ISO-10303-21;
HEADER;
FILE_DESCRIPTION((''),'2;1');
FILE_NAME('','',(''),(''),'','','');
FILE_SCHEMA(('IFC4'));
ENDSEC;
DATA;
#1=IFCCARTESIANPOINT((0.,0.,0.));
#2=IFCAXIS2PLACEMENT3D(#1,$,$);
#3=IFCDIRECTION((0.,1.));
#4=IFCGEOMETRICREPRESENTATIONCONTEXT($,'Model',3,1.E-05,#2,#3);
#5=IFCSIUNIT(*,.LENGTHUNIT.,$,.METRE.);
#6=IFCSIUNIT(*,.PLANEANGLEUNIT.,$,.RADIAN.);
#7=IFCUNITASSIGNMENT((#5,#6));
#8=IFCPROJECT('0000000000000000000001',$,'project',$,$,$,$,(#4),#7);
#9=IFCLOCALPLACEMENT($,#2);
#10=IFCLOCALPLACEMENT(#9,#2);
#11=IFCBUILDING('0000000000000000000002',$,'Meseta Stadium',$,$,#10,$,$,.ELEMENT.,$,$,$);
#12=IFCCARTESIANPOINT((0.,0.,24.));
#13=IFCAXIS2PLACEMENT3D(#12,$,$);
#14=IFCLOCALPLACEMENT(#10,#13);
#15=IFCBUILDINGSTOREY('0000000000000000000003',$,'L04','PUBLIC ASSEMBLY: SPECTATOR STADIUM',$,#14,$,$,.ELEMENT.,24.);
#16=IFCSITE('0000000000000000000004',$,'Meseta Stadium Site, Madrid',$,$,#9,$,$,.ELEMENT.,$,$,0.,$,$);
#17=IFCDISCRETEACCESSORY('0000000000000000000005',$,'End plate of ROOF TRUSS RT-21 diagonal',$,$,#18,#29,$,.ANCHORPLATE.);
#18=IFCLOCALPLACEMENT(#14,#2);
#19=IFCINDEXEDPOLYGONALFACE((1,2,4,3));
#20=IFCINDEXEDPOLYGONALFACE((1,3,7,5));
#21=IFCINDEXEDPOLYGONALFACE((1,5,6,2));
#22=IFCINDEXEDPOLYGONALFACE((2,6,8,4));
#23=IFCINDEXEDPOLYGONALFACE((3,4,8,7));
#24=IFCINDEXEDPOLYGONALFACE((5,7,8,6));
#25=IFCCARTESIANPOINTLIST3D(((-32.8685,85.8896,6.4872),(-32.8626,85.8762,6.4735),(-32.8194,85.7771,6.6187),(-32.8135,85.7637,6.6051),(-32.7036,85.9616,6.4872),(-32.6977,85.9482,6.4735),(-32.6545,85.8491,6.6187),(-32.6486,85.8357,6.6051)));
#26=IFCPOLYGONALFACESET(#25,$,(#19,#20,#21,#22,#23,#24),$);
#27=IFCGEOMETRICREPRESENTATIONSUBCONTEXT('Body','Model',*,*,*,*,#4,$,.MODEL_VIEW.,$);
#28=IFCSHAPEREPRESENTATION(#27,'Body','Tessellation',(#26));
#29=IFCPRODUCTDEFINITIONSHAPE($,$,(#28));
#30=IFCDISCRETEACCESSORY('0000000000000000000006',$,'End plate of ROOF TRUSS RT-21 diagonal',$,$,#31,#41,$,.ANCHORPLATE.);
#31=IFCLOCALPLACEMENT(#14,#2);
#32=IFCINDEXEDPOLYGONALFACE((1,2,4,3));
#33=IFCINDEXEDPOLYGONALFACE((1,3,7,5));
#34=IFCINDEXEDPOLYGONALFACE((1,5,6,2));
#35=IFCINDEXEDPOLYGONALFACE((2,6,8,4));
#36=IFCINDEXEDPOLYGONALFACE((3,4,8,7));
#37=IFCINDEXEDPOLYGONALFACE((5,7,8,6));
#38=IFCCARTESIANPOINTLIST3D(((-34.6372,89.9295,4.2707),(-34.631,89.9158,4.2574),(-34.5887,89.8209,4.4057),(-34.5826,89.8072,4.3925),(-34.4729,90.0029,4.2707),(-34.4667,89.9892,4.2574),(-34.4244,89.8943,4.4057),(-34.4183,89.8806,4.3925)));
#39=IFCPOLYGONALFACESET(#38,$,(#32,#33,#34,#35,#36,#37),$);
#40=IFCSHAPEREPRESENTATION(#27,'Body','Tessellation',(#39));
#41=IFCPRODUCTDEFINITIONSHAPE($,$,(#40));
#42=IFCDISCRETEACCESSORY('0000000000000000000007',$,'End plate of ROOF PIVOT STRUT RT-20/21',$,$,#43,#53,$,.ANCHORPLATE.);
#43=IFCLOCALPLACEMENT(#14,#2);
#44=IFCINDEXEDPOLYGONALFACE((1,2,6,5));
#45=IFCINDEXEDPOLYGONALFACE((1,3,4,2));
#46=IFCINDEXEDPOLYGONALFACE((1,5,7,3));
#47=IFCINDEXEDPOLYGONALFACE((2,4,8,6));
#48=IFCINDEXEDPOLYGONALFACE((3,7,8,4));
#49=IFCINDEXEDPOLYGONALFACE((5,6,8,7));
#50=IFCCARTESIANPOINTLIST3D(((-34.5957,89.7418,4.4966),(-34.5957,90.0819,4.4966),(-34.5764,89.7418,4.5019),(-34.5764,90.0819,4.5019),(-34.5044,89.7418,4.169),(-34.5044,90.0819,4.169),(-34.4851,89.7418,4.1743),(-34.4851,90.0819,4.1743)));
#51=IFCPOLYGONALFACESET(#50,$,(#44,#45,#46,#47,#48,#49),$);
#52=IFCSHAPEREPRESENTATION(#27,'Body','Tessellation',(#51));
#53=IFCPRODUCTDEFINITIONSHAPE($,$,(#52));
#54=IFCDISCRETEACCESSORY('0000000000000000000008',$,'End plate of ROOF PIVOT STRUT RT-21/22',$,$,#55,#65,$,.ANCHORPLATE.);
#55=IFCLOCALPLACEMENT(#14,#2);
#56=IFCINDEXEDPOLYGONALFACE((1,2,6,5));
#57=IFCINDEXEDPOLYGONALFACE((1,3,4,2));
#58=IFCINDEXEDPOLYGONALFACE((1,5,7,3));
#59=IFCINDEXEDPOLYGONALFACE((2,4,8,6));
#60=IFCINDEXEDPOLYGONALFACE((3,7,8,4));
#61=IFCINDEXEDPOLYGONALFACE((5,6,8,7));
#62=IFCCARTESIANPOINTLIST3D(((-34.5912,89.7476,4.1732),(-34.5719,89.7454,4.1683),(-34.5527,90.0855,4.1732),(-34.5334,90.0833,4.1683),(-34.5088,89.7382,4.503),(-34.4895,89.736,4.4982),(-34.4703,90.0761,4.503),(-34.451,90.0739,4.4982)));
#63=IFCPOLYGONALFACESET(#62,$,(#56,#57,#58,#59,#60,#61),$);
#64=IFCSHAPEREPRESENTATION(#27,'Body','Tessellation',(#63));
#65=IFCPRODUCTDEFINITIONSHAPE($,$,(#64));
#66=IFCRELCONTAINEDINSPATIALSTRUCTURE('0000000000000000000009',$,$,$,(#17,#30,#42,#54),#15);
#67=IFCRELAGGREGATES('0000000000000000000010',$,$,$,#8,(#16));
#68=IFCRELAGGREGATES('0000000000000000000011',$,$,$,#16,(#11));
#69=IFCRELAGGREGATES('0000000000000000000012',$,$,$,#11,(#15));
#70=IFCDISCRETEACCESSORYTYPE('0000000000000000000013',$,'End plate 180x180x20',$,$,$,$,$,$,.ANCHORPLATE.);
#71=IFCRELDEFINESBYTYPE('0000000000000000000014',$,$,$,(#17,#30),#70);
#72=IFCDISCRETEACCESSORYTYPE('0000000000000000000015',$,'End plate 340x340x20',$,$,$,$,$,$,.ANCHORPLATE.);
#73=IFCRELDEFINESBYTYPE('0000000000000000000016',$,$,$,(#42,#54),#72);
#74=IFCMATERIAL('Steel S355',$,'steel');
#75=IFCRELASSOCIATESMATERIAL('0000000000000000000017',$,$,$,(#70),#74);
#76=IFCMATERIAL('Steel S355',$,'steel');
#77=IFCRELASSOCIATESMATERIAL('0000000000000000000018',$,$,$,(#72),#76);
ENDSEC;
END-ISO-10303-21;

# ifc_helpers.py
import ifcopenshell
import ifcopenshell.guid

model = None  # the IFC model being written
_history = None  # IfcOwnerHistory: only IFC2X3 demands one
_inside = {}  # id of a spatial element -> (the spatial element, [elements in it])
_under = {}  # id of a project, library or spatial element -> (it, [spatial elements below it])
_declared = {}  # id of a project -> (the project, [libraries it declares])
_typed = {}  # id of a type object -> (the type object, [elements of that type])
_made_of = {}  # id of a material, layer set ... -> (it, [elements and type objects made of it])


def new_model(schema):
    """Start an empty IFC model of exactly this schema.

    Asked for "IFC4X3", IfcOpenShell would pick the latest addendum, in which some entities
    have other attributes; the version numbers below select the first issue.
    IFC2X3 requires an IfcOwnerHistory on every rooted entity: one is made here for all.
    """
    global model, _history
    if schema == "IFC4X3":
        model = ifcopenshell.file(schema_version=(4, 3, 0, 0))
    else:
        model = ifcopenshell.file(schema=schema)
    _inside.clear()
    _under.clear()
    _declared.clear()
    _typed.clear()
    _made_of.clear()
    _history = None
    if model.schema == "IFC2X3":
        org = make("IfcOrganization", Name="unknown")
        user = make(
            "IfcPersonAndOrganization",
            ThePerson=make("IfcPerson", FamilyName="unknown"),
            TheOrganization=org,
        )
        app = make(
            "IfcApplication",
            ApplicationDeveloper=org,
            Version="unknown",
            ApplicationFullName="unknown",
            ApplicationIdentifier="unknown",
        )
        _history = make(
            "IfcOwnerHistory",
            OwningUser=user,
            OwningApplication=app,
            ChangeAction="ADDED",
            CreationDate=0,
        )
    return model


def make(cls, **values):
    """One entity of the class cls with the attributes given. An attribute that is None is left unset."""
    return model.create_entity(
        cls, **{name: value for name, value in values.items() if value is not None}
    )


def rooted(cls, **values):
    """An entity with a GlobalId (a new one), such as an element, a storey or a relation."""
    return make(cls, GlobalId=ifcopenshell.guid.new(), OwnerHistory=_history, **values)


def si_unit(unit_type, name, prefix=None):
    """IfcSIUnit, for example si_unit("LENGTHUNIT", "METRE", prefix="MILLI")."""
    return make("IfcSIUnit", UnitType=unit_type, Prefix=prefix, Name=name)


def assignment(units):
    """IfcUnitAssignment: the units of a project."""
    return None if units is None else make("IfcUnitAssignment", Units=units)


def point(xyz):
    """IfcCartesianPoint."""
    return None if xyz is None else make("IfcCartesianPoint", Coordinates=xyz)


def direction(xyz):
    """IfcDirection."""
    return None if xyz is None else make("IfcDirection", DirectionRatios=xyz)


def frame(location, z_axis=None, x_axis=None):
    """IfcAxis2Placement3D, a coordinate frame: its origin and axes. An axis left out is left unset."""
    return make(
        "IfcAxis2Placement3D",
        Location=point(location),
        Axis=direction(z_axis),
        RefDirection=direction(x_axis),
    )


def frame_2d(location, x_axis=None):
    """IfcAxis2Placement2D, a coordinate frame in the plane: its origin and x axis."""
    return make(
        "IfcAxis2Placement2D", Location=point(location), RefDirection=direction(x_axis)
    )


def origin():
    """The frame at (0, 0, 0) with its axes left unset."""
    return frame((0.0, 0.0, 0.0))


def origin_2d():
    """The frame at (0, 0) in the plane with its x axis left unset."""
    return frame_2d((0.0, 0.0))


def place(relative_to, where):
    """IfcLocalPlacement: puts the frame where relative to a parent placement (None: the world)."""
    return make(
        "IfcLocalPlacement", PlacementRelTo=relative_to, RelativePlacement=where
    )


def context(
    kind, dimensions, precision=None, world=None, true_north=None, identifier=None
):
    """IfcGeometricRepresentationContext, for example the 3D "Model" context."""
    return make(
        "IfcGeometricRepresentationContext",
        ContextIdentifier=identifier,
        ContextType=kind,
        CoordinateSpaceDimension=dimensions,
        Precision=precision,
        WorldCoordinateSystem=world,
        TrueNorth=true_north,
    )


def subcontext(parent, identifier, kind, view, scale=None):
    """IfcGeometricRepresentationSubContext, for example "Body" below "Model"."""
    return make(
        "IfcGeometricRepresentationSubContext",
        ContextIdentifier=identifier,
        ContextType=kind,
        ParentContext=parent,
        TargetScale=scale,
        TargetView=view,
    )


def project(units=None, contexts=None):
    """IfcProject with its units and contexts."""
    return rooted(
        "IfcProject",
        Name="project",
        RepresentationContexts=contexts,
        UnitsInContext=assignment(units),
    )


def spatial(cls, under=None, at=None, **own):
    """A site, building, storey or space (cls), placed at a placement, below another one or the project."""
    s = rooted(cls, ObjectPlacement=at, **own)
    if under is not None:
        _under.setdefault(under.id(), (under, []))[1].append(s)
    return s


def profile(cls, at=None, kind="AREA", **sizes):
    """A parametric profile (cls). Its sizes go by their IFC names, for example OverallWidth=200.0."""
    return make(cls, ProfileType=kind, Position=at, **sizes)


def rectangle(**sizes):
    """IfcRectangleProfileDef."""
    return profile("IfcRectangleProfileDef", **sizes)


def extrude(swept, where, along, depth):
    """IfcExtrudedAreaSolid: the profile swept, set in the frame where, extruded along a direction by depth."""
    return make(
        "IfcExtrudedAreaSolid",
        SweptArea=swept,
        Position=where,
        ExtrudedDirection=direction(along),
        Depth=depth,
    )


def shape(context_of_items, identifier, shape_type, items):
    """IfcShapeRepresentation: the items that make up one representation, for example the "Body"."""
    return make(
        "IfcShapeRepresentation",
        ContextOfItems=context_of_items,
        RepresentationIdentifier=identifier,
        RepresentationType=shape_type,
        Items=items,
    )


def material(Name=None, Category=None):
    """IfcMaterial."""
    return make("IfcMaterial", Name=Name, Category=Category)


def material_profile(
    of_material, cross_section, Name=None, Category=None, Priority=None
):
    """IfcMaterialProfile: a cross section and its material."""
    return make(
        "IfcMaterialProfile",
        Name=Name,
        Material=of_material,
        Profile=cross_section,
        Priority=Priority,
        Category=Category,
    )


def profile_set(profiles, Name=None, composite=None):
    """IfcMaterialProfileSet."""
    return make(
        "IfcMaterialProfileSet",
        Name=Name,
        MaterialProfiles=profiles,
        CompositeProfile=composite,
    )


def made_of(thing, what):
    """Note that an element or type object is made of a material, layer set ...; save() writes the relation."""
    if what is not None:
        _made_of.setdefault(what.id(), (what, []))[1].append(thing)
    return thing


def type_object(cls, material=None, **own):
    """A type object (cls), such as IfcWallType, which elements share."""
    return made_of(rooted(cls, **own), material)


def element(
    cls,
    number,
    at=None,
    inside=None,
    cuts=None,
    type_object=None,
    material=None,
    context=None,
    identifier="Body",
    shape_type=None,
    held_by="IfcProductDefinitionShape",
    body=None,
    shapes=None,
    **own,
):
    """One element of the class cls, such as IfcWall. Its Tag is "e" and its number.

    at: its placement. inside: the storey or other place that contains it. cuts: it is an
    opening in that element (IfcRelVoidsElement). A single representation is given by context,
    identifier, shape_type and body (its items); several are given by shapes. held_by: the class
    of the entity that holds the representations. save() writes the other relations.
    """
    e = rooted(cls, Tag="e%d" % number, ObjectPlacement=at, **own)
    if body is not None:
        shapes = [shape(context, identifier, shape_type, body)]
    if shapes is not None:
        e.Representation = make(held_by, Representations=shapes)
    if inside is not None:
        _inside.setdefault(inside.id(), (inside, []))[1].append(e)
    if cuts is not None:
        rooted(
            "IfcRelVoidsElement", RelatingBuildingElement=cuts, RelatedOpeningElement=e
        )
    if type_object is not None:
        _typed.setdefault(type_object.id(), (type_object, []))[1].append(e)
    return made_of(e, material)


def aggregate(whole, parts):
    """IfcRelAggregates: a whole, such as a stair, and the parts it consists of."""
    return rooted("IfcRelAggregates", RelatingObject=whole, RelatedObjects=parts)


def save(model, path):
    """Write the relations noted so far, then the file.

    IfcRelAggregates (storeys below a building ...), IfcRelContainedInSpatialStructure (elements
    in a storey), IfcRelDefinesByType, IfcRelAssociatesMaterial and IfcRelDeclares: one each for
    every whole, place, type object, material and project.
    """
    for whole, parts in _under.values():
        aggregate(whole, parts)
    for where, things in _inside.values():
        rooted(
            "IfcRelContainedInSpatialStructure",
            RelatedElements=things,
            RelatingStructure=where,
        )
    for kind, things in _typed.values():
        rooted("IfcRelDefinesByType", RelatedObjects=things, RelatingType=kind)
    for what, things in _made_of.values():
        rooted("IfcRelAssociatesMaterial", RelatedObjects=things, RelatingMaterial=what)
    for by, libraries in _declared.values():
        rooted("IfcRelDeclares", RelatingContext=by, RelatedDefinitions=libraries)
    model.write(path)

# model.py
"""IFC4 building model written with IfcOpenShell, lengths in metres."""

from ifc_helpers import new_model, si_unit, direction, frame, origin, origin_2d, place, context, subcontext, project, spatial, rectangle, extrude, material, material_profile, profile_set, type_object, element, save


model = new_model("IFC4")

# Units and contexts
model_context = context("Model", 3, precision=1e-05, world=origin(), true_north=direction((0.0, 1.0)))
body_context = subcontext(model_context, "Body", "Model", "MODEL_VIEW")
ifc_project = project(units=[si_unit("LENGTHUNIT", "METRE"), si_unit("PLANEANGLEUNIT", "RADIAN")], contexts=[model_context])

# Site, building, storey
site_placement = place(None, origin())
site = spatial("IfcSite", under=ifc_project, at=site_placement, Name="Meseta Stadium Site, Madrid", CompositionType="ELEMENT", RefElevation=0.0)
building_placement = place(site_placement, origin())
building = spatial("IfcBuilding", under=site, at=building_placement, Name="Meseta Stadium", CompositionType="ELEMENT")
storey_placement = place(building_placement, frame((0.0, 0.0, 24.0)))
storey = spatial("IfcBuildingStorey", under=building, at=storey_placement, Name="L04", Description="PUBLIC ASSEMBLY: SPECTATOR STADIUM", CompositionType="ELEMENT", Elevation=24.0)

# Discrete accessories
ifc_material_1 = material(Name="Steel S355", Category="steel")
ifc_material_profile_1 = material_profile(ifc_material_1, rectangle(XDim=0.1799, YDim=0.1799, at=origin_2d()), Name="PL 180x180")
ifc_profile_set_1 = profile_set([ifc_material_profile_1], Name="Steel S355")
discrete_accessory_type_1 = type_object("IfcDiscreteAccessoryType", Name="End plate 180x180x20", PredefinedType="ANCHORPLATE", material=ifc_profile_set_1)
for number, where, z_axis, x_axis, name in (
    (1, (-32.7556, 85.856, 6.5393), (-0.2924, 0.670084, 0.682268), (-0.916539, -0.399944, 0.0), "End plate of ROOF TRUSS RT-21 diagonal"),
    (2, (-34.5247, 89.8982, 4.325), (-0.305949, 0.685326, 0.66085), (-0.913138, -0.407651, 0.0), "End plate of ROOF TRUSS RT-21 diagonal"),
):
    element("IfcDiscreteAccessory", number, at=place(storey_placement, frame(where, z_axis=z_axis, x_axis=x_axis)), inside=storey, type_object=discrete_accessory_type_1, Name=name, PredefinedType="ANCHORPLATE", context=body_context, shape_type="SweptSolid", body=[
        extrude(rectangle(XDim=0.1799, YDim=0.1799, at=origin_2d()), origin(), (0.0, 0.0, 1.0), 0.02),
    ])
ifc_material_2 = material(Name="Steel S355", Category="steel")
ifc_material_profile_2 = material_profile(ifc_material_2, rectangle(XDim=0.3401, YDim=0.3401, at=origin_2d()), Name="PL 340x340")
ifc_profile_set_2 = profile_set([ifc_material_profile_2], Name="Steel S355")
discrete_accessory_type_2 = type_object("IfcDiscreteAccessoryType", Name="End plate 340x340x20", PredefinedType="ANCHORPLATE", material=ifc_profile_set_2)
for number, where, z_axis, x_axis, name in (
    (3, (-34.5308, 89.9119, 4.3381), (-0.963343, 0.0, -0.268273), (0.0, -1.0, 0.0), "End plate of ROOF PIVOT STRUT RT-20/21"),
    (4, (-34.5115, 89.9097, 4.3333), (-0.963558, 0.109772, 0.243939), (-0.113192, -0.993573, 0.0), "End plate of ROOF PIVOT STRUT RT-21/22"),
):
    element("IfcDiscreteAccessory", number, at=place(storey_placement, frame(where, z_axis=z_axis, x_axis=x_axis)), inside=storey, type_object=discrete_accessory_type_2, Name=name, PredefinedType="ANCHORPLATE", context=body_context, shape_type="SweptSolid", body=[
        extrude(rectangle(XDim=0.3401, YDim=0.3401, at=origin_2d()), origin(), (0.0, 0.0, 1.0), 0.02),
    ])

save(model, "model.ifc")
